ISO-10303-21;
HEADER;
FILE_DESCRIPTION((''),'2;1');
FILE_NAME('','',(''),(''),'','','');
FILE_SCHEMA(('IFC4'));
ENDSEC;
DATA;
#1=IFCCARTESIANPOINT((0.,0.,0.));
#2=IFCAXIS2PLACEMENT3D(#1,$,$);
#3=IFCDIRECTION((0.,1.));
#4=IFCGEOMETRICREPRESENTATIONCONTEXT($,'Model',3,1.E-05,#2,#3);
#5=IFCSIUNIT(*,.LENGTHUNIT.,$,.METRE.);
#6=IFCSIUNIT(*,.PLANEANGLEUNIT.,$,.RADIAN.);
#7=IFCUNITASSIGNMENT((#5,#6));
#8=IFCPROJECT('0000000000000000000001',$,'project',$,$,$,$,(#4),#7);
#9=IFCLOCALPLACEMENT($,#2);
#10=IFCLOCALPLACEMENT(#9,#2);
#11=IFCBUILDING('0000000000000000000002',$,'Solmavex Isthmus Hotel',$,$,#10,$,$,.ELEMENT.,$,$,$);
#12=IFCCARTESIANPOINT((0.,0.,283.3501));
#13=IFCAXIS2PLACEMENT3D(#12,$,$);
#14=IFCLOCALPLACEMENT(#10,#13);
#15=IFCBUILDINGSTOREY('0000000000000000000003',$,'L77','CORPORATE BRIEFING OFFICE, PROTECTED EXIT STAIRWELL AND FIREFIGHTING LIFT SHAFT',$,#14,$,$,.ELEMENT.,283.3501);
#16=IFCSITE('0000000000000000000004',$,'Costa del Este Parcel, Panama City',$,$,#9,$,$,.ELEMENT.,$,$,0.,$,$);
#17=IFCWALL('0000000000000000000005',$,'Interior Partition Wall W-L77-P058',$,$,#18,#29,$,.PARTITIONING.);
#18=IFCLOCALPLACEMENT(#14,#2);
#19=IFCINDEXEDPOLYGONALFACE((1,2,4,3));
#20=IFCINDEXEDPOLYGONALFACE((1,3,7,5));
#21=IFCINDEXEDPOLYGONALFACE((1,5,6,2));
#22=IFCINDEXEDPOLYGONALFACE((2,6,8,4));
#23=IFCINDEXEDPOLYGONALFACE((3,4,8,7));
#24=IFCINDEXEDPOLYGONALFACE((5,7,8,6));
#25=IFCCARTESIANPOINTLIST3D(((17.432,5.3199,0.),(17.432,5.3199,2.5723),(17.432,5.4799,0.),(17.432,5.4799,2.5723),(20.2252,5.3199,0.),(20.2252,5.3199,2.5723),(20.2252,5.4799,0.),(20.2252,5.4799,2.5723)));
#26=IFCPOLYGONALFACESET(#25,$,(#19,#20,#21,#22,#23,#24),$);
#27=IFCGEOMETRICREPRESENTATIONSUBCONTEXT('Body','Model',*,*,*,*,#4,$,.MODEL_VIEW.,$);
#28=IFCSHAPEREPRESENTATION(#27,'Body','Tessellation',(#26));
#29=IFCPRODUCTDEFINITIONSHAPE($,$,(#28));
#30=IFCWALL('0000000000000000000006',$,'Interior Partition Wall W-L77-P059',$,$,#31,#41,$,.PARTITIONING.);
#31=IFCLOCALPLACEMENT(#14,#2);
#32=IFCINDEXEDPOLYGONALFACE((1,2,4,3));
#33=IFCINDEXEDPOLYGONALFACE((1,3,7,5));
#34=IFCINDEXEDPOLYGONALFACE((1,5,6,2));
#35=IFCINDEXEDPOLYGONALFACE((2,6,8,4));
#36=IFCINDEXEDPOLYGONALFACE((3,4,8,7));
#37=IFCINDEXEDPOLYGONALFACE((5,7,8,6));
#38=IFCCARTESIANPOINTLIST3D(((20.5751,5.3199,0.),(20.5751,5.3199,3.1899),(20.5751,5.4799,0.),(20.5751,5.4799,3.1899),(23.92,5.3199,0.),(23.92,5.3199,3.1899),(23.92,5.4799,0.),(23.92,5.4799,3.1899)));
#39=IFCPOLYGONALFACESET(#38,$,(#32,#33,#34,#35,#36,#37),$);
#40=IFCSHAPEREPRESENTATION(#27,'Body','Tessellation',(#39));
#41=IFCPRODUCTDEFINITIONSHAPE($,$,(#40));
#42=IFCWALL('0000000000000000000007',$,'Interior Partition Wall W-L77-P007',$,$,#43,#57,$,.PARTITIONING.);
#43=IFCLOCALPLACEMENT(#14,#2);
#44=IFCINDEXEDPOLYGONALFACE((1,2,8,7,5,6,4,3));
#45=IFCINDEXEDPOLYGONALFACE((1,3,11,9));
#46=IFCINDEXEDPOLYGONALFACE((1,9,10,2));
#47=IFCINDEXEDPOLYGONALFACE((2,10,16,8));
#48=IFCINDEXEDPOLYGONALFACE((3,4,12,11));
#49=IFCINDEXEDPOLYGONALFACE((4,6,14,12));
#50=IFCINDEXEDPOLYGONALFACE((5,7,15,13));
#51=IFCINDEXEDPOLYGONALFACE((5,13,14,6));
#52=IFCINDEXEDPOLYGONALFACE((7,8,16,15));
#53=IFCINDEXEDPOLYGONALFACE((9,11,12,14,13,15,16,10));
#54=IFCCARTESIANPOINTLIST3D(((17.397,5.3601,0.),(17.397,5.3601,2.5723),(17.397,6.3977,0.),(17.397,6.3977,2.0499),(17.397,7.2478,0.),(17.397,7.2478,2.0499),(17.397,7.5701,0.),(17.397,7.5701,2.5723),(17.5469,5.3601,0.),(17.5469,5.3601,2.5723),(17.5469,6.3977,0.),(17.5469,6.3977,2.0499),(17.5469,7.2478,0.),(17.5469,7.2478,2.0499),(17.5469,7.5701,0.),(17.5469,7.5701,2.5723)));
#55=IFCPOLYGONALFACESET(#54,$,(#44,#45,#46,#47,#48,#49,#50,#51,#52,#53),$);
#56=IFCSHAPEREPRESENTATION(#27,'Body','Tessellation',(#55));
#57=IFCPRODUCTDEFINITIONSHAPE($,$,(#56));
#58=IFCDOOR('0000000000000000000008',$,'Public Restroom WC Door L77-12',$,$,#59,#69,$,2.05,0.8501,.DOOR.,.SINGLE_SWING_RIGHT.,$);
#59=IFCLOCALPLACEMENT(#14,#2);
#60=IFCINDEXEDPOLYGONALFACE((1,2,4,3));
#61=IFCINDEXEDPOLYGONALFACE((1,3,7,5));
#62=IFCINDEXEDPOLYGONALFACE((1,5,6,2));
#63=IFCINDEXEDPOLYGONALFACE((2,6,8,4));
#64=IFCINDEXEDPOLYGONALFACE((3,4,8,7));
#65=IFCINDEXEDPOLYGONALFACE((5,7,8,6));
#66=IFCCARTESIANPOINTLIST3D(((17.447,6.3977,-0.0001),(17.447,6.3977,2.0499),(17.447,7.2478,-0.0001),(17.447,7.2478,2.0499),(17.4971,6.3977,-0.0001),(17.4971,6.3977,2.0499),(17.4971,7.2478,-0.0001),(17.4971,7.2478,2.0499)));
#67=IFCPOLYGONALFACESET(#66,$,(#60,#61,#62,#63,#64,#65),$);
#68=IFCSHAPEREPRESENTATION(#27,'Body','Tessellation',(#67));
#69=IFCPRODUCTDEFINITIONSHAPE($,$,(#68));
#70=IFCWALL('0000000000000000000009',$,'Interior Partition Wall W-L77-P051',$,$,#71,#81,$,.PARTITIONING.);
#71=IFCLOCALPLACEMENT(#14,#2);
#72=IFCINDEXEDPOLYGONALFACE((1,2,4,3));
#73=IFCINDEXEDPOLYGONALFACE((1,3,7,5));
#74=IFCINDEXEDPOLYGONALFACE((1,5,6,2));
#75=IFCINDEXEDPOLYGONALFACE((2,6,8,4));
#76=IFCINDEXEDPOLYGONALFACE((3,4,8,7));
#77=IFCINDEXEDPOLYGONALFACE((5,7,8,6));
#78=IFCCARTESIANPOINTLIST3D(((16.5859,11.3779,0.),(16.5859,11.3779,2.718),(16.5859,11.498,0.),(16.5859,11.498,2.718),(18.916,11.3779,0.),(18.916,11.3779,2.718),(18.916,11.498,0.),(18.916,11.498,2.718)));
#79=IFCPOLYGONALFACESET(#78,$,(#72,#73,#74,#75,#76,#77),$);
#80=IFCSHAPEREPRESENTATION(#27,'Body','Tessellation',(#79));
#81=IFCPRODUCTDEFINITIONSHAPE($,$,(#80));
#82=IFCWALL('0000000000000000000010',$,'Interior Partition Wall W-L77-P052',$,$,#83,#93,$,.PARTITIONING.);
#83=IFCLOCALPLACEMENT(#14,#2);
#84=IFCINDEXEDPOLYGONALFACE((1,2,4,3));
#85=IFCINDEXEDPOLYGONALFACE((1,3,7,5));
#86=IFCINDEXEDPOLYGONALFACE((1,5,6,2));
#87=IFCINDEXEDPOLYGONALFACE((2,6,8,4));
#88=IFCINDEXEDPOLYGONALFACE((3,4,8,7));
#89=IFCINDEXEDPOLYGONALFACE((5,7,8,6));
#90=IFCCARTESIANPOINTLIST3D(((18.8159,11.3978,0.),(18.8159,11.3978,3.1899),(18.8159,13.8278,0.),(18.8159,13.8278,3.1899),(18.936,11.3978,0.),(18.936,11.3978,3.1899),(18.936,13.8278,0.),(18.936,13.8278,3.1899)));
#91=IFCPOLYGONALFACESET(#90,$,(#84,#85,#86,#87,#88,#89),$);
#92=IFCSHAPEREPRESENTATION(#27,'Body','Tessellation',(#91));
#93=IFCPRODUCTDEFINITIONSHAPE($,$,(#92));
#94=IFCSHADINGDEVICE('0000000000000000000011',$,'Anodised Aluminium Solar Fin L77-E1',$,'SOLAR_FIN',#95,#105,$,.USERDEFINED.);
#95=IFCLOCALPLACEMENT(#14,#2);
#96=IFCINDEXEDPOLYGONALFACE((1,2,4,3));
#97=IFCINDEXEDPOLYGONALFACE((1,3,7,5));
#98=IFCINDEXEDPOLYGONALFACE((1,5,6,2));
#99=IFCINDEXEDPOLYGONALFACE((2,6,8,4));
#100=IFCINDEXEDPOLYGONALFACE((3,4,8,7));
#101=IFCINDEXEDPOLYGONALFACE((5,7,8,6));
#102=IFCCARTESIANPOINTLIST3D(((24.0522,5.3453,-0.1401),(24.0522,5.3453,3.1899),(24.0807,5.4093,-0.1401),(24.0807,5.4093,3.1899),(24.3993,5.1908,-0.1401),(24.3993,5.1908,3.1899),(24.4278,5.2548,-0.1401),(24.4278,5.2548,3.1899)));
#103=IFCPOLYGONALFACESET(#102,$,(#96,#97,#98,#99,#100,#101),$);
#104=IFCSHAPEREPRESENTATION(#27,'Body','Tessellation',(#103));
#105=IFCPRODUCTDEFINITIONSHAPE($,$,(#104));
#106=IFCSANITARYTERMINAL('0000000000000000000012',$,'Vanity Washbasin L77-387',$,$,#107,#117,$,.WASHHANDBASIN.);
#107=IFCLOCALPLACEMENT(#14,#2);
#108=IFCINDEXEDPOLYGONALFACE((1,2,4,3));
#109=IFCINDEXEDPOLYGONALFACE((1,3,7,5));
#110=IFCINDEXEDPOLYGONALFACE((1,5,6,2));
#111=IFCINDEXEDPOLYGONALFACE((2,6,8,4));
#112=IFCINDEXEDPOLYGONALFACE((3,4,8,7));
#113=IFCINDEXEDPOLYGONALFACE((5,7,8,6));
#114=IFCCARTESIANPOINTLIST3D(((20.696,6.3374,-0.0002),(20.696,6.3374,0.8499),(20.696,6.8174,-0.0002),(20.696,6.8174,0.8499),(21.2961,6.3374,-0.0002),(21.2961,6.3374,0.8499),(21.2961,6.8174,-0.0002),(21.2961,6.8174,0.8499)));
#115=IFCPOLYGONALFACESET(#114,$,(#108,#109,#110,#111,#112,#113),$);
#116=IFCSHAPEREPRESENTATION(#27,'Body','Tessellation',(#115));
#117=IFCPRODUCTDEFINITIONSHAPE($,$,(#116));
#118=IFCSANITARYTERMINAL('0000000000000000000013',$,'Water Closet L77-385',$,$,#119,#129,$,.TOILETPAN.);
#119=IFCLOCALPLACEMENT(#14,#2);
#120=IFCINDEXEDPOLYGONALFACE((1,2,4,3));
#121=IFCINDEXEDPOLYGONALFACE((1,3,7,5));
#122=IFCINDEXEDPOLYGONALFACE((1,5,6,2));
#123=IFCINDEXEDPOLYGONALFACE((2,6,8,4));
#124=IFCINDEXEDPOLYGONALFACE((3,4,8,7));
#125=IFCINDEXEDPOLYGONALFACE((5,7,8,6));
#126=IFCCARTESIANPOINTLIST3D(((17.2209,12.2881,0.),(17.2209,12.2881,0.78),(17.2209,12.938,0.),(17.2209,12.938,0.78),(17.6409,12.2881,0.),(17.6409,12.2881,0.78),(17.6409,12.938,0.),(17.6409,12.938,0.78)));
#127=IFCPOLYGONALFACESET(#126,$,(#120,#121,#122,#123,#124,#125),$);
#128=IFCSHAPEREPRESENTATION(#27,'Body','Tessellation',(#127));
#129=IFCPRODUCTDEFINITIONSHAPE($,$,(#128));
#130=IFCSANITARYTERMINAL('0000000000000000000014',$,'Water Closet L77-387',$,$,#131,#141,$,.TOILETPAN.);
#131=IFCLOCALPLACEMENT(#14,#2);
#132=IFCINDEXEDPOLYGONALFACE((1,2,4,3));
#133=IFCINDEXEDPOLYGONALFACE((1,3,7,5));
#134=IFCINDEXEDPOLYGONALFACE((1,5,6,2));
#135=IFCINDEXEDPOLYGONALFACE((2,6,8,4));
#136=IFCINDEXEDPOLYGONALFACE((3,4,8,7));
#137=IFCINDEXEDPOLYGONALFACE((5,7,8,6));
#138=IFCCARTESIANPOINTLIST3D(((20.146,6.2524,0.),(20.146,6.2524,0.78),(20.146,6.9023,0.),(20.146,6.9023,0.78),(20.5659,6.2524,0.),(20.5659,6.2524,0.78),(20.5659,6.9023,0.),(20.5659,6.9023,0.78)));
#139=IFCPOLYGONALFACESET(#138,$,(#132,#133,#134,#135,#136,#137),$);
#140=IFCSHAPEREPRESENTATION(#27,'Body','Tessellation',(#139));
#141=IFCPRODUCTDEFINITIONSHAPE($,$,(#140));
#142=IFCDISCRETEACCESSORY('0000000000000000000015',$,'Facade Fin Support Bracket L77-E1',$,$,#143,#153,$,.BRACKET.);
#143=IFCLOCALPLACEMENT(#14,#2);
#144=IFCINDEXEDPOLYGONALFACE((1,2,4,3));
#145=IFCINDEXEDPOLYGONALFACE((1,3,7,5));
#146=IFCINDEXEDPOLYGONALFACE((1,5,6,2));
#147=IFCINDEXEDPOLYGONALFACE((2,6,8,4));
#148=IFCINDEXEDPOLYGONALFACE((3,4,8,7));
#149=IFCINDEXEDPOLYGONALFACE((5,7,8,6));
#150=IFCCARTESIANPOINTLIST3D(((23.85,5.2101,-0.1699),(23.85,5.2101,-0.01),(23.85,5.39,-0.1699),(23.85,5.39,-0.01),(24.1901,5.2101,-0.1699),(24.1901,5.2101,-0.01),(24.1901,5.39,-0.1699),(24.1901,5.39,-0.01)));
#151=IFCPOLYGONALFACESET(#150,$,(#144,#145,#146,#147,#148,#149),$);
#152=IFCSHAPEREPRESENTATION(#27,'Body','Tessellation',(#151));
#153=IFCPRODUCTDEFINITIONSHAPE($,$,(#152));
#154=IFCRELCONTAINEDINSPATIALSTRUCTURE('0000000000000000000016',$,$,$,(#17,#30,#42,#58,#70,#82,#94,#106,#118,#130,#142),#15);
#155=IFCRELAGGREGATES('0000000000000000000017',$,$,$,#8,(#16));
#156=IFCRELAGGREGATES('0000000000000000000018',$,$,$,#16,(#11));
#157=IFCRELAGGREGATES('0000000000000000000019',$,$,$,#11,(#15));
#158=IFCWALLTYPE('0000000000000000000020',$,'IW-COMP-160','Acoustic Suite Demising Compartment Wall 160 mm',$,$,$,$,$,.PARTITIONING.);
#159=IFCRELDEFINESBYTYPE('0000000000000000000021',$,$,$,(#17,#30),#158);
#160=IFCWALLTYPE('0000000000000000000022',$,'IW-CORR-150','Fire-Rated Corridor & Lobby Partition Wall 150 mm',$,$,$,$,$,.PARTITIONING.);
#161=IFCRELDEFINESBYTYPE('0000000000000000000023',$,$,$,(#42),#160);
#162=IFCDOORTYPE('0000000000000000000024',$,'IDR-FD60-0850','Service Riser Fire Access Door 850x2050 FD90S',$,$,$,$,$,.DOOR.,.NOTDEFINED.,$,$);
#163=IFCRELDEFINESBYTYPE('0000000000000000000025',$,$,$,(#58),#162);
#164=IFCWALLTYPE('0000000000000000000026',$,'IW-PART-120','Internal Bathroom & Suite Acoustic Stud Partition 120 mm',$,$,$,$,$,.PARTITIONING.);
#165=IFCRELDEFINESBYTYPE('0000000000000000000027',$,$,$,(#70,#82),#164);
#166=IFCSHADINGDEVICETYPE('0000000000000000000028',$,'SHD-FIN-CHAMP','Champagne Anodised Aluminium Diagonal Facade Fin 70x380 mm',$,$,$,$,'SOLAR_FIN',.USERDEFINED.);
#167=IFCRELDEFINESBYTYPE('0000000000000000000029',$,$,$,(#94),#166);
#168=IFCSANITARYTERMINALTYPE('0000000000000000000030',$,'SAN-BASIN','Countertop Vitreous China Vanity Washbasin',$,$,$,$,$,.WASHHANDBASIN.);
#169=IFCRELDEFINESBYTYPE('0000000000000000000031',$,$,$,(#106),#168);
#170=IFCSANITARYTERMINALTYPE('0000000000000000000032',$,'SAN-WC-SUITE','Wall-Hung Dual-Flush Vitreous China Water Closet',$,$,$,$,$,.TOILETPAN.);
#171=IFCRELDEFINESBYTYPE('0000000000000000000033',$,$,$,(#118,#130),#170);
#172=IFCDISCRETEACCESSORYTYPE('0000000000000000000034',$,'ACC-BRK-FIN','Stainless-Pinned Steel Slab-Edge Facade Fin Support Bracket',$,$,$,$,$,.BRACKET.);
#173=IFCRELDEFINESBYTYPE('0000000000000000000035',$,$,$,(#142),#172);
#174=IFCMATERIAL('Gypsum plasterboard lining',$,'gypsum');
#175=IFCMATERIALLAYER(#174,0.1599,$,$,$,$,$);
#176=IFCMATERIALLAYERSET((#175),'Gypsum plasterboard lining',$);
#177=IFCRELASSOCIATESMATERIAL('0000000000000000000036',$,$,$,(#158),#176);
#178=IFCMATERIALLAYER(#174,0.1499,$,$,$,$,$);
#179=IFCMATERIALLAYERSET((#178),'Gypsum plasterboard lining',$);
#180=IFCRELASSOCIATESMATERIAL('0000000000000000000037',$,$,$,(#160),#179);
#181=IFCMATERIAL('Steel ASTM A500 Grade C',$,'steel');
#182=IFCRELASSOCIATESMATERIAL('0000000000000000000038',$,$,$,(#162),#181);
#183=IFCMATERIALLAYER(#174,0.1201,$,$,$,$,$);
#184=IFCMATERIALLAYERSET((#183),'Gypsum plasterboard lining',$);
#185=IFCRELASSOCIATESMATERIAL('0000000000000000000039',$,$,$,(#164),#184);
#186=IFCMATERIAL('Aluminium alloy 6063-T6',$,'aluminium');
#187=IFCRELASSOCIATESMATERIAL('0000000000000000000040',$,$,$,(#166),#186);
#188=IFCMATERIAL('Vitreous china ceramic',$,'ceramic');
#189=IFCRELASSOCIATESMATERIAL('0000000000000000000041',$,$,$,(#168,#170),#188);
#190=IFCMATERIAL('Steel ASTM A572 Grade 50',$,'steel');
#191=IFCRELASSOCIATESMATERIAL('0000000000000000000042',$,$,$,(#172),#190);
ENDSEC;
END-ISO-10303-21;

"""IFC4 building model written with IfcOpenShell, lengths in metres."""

from ifc_helpers import new_model, si_unit, direction, frame, frame_2d, origin, origin_2d, place, context, subcontext, project, spatial, rectangle, extrude, material, layer, layer_set, type_object, element, fill, save


model = new_model("IFC4")

# Units and contexts
model_context = context("Model", 3, precision=1e-05, world=origin(), true_north=direction((0.0, 1.0)))
body_context = subcontext(model_context, "Body", "Model", "MODEL_VIEW")
ifc_project = project(units=[si_unit("LENGTHUNIT", "METRE"), si_unit("PLANEANGLEUNIT", "RADIAN")], contexts=[model_context])

# Site, building, storey
site_placement = place(None, origin())
site = spatial("IfcSite", under=ifc_project, at=site_placement, Name="Costa del Este Parcel, Panama City", CompositionType="ELEMENT", RefElevation=0.0)
building_placement = place(site_placement, origin())
building = spatial("IfcBuilding", under=site, at=building_placement, Name="Solmavex Isthmus Hotel", CompositionType="ELEMENT")
storey_placement = place(building_placement, frame((0.0, 0.0, 283.3501)))
storey = spatial("IfcBuildingStorey", under=building, at=storey_placement, Name="L77", Description="CORPORATE BRIEFING OFFICE, PROTECTED EXIT STAIRWELL AND FIREFIGHTING LIFT SHAFT", CompositionType="ELEMENT", Elevation=283.3501)

# Shared definitions
ifc_material_1 = material(Name="Aluminium alloy 6063-T6", Category="aluminium")

# Walls
ifc_material_2 = material(Name="Gypsum plasterboard lining", Category="gypsum")
ifc_layer_1 = layer(ifc_material_2, 0.1599)
ifc_layer_set_1 = layer_set([ifc_layer_1], Name="Gypsum plasterboard lining")
wall_type_1 = type_object("IfcWallType", Name="IW-COMP-160", Description="Acoustic Suite Demising Compartment Wall 160 mm", PredefinedType="PARTITIONING", material=ifc_layer_set_1)
wall_1_placement = place(storey_placement, frame((20.2251, 5.3999, 0.0), z_axis=(0.0, 0.0, 1.0), x_axis=(-1.0, 0.0, 0.0)))
element("IfcWall", 1, at=wall_1_placement, inside=storey, type_object=wall_type_1, Name="Interior Partition Wall W-L77-P058", PredefinedType="PARTITIONING", context=body_context, shape_type="SweptSolid", body=[
    extrude(rectangle(XDim=2.7932, YDim=0.1599, at=frame_2d((1.3965, 0.0))), origin(), (0.0, 0.0, 1.0), 2.5723),
])
wall_2_placement = place(storey_placement, frame((23.9199, 5.3999, 0.0), z_axis=(0.0, 0.0, 1.0), x_axis=(-1.0, 0.0, 0.0)))
element("IfcWall", 2, at=wall_2_placement, inside=storey, type_object=wall_type_1, Name="Interior Partition Wall W-L77-P059", PredefinedType="PARTITIONING", context=body_context, shape_type="SweptSolid", body=[
    extrude(rectangle(XDim=3.345, YDim=0.1599, at=frame_2d((1.6724, 0.0))), origin(), (0.0, 0.0, 1.0), 3.1899),
])

# Wall, opening, door
ifc_layer_2 = layer(ifc_material_2, 0.1499)
ifc_layer_set_2 = layer_set([ifc_layer_2], Name="Gypsum plasterboard lining")
wall_type_2 = type_object("IfcWallType", Name="IW-CORR-150", Description="Fire-Rated Corridor & Lobby Partition Wall 150 mm", PredefinedType="PARTITIONING", material=ifc_layer_set_2)
wall_3_placement = place(storey_placement, frame((17.4719, 7.5701, 0.0), z_axis=(0.0, 0.0, 1.0), x_axis=(0.0, -1.0, 0.0)))
wall_3 = element("IfcWall", 3, at=wall_3_placement, inside=storey, type_object=wall_type_2, Name="Interior Partition Wall W-L77-P007", PredefinedType="PARTITIONING", context=body_context, shape_type="SweptSolid", body=[
    extrude(rectangle(XDim=2.21, YDim=0.1499, at=frame_2d((1.105, 0.0))), origin(), (0.0, 0.0, 1.0), 2.5723),
])
opening_1_placement = place(wall_3_placement, frame((0.3223, 0.0, 0.0)))
opening_1 = element("IfcOpeningElement", 4, at=opening_1_placement, cuts=wall_3, PredefinedType="OPENING", context=body_context, shape_type="SweptSolid", body=[
    extrude(rectangle(XDim=0.8501, YDim=2.05, at=frame_2d((0.425, 1.0249))), frame((0.0, 0.085, 0.0), z_axis=(0.0, -1.0, 0.0), x_axis=(1.0, 0.0, 0.0)), (0.0, 0.0, 1.0), 0.1699),
])
ifc_material_3 = material(Name="Steel ASTM A500 Grade C", Category="steel")
door_type_1 = type_object("IfcDoorType", Name="IDR-FD60-0850", Description="Service Riser Fire Access Door 850x2050 FD90S", OperationType="NOTDEFINED", PredefinedType="DOOR", material=ifc_material_3)
door_1_placement = place(opening_1_placement, frame((0.8501, 0.0, 0.0), z_axis=(0.0, 0.0, 1.0), x_axis=(-1.0, 0.0, 0.0)))
door_1 = element("IfcDoor", 5, at=door_1_placement, inside=storey, type_object=door_type_1, Name="Public Restroom WC Door L77-12", OperationType="SINGLE_SWING_RIGHT", OverallHeight=2.05, OverallWidth=0.8501, PredefinedType="DOOR", context=body_context, shape_type="SweptSolid", body=[
    extrude(rectangle(XDim=0.8501, YDim=2.05, at=frame_2d((0.425, 1.0249))), frame((0.0, 0.0249, 0.0), z_axis=(0.0, -1.0, 0.0), x_axis=(1.0, 0.0, 0.0)), (0.0, 0.0, 1.0), 0.05),
])
fill(opening_1, door_1)

# Walls
ifc_layer_3 = layer(ifc_material_2, 0.1201)
ifc_layer_set_3 = layer_set([ifc_layer_3], Name="Gypsum plasterboard lining")
wall_type_3 = type_object("IfcWallType", Name="IW-PART-120", Description="Internal Bathroom & Suite Acoustic Stud Partition 120 mm", PredefinedType="PARTITIONING", material=ifc_layer_set_3)
wall_4_placement = place(storey_placement, frame((16.5859, 11.438, 0.0), z_axis=(0.0, 0.0, 1.0), x_axis=(1.0, 0.0, 0.0)))
element("IfcWall", 6, at=wall_4_placement, inside=storey, type_object=wall_type_3, Name="Interior Partition Wall W-L77-P051", PredefinedType="PARTITIONING", context=body_context, shape_type="SweptSolid", body=[
    extrude(rectangle(XDim=2.3301, YDim=0.1201, at=frame_2d((1.165, 0.0))), origin(), (0.0, 0.0, 1.0), 2.718),
])
wall_5_placement = place(storey_placement, frame((18.876, 11.3979, 0.0), z_axis=(0.0, 0.0, 1.0), x_axis=(0.0, 1.0, 0.0)))
element("IfcWall", 7, at=wall_5_placement, inside=storey, type_object=wall_type_3, Name="Interior Partition Wall W-L77-P052", PredefinedType="PARTITIONING", context=body_context, shape_type="SweptSolid", body=[
    extrude(rectangle(XDim=2.4299, YDim=0.1201, at=frame_2d((1.2148, 0.0))), origin(), (0.0, 0.0, 1.0), 3.1899),
])

# Shading device
shading_device_type = type_object("IfcShadingDeviceType", Name="SHD-FIN-CHAMP", Description="Champagne Anodised Aluminium Diagonal Facade Fin 70x380 mm", ElementType="SOLAR_FIN", PredefinedType="USERDEFINED", material=ifc_material_1)
shading_device_placement = place(storey_placement, frame((24.24, 5.3, -0.1401), z_axis=(0.0, 0.0, 1.0), x_axis=(0.913545, -0.406737, 0.0)))
element("IfcShadingDevice", 8, at=shading_device_placement, inside=storey, type_object=shading_device_type, Name="Anodised Aluminium Solar Fin L77-E1", ObjectType="SOLAR_FIN", PredefinedType="USERDEFINED", context=body_context, shape_type="SweptSolid", body=[
    extrude(rectangle(XDim=0.3799, YDim=0.0701, at=origin_2d()), origin(), (0.0, 0.0, 1.0), 3.3301),
])

# Sanitary terminals
ifc_material_4 = material(Name="Vitreous china ceramic", Category="ceramic")
sanitary_terminal_type_1 = type_object("IfcSanitaryTerminalType", Name="SAN-BASIN", Description="Countertop Vitreous China Vanity Washbasin", PredefinedType="WASHHANDBASIN", material=ifc_material_4)
sanitary_terminal_placement = place(storey_placement, frame((20.9961, 6.5774, -0.0002), z_axis=(0.0, 0.0, 1.0), x_axis=(1.0, 0.0, 0.0)))
element("IfcSanitaryTerminal", 9, at=sanitary_terminal_placement, inside=storey, type_object=sanitary_terminal_type_1, Name="Vanity Washbasin L77-387", PredefinedType="WASHHANDBASIN", context=body_context, shape_type="SweptSolid", body=[
    extrude(rectangle(XDim=0.6001, YDim=0.48, at=origin_2d()), origin(), (0.0, 0.0, 1.0), 0.8501),
])
sanitary_terminal_type_2 = type_object("IfcSanitaryTerminalType", Name="SAN-WC-SUITE", Description="Wall-Hung Dual-Flush Vitreous China Water Closet", PredefinedType="TOILETPAN", material=ifc_material_4)
for number, where, z_axis, x_axis, name in (
    (10, (17.4309, 12.613, 0.0), (0.0, 0.0, 1.0), (1.0, 0.0, 0.0), "Water Closet L77-385"),
    (11, (20.356, 6.5774, 0.0), (0.0, 0.0, 1.0), (1.0, 0.0, 0.0), "Water Closet L77-387"),
):
    element("IfcSanitaryTerminal", number, at=place(storey_placement, frame(where, z_axis=z_axis, x_axis=x_axis)), inside=storey, type_object=sanitary_terminal_type_2, Name=name, PredefinedType="TOILETPAN", context=body_context, shape_type="SweptSolid", body=[
        extrude(rectangle(XDim=0.4199, YDim=0.6499, at=origin_2d()), origin(), (0.0, 0.0, 1.0), 0.78),
    ])

# Discrete accessory
ifc_material_5 = material(Name="Steel ASTM A572 Grade 50", Category="steel")
discrete_accessory_type = type_object("IfcDiscreteAccessoryType", Name="ACC-BRK-FIN", Description="Stainless-Pinned Steel Slab-Edge Facade Fin Support Bracket", PredefinedType="BRACKET", material=ifc_material_5)
discrete_accessory_placement = place(storey_placement, frame((24.02, 5.3, -0.1699), z_axis=(0.0, 0.0, 1.0), x_axis=(1.0, 0.0, 0.0)))
element("IfcDiscreteAccessory", 12, at=discrete_accessory_placement, inside=storey, type_object=discrete_accessory_type, Name="Facade Fin Support Bracket L77-E1", PredefinedType="BRACKET", context=body_context, shape_type="SweptSolid", body=[
    extrude(rectangle(XDim=0.3401, YDim=0.1799, at=origin_2d()), origin(), (0.0, 0.0, 1.0), 0.1599),
])

save(model, "model.ifc")
